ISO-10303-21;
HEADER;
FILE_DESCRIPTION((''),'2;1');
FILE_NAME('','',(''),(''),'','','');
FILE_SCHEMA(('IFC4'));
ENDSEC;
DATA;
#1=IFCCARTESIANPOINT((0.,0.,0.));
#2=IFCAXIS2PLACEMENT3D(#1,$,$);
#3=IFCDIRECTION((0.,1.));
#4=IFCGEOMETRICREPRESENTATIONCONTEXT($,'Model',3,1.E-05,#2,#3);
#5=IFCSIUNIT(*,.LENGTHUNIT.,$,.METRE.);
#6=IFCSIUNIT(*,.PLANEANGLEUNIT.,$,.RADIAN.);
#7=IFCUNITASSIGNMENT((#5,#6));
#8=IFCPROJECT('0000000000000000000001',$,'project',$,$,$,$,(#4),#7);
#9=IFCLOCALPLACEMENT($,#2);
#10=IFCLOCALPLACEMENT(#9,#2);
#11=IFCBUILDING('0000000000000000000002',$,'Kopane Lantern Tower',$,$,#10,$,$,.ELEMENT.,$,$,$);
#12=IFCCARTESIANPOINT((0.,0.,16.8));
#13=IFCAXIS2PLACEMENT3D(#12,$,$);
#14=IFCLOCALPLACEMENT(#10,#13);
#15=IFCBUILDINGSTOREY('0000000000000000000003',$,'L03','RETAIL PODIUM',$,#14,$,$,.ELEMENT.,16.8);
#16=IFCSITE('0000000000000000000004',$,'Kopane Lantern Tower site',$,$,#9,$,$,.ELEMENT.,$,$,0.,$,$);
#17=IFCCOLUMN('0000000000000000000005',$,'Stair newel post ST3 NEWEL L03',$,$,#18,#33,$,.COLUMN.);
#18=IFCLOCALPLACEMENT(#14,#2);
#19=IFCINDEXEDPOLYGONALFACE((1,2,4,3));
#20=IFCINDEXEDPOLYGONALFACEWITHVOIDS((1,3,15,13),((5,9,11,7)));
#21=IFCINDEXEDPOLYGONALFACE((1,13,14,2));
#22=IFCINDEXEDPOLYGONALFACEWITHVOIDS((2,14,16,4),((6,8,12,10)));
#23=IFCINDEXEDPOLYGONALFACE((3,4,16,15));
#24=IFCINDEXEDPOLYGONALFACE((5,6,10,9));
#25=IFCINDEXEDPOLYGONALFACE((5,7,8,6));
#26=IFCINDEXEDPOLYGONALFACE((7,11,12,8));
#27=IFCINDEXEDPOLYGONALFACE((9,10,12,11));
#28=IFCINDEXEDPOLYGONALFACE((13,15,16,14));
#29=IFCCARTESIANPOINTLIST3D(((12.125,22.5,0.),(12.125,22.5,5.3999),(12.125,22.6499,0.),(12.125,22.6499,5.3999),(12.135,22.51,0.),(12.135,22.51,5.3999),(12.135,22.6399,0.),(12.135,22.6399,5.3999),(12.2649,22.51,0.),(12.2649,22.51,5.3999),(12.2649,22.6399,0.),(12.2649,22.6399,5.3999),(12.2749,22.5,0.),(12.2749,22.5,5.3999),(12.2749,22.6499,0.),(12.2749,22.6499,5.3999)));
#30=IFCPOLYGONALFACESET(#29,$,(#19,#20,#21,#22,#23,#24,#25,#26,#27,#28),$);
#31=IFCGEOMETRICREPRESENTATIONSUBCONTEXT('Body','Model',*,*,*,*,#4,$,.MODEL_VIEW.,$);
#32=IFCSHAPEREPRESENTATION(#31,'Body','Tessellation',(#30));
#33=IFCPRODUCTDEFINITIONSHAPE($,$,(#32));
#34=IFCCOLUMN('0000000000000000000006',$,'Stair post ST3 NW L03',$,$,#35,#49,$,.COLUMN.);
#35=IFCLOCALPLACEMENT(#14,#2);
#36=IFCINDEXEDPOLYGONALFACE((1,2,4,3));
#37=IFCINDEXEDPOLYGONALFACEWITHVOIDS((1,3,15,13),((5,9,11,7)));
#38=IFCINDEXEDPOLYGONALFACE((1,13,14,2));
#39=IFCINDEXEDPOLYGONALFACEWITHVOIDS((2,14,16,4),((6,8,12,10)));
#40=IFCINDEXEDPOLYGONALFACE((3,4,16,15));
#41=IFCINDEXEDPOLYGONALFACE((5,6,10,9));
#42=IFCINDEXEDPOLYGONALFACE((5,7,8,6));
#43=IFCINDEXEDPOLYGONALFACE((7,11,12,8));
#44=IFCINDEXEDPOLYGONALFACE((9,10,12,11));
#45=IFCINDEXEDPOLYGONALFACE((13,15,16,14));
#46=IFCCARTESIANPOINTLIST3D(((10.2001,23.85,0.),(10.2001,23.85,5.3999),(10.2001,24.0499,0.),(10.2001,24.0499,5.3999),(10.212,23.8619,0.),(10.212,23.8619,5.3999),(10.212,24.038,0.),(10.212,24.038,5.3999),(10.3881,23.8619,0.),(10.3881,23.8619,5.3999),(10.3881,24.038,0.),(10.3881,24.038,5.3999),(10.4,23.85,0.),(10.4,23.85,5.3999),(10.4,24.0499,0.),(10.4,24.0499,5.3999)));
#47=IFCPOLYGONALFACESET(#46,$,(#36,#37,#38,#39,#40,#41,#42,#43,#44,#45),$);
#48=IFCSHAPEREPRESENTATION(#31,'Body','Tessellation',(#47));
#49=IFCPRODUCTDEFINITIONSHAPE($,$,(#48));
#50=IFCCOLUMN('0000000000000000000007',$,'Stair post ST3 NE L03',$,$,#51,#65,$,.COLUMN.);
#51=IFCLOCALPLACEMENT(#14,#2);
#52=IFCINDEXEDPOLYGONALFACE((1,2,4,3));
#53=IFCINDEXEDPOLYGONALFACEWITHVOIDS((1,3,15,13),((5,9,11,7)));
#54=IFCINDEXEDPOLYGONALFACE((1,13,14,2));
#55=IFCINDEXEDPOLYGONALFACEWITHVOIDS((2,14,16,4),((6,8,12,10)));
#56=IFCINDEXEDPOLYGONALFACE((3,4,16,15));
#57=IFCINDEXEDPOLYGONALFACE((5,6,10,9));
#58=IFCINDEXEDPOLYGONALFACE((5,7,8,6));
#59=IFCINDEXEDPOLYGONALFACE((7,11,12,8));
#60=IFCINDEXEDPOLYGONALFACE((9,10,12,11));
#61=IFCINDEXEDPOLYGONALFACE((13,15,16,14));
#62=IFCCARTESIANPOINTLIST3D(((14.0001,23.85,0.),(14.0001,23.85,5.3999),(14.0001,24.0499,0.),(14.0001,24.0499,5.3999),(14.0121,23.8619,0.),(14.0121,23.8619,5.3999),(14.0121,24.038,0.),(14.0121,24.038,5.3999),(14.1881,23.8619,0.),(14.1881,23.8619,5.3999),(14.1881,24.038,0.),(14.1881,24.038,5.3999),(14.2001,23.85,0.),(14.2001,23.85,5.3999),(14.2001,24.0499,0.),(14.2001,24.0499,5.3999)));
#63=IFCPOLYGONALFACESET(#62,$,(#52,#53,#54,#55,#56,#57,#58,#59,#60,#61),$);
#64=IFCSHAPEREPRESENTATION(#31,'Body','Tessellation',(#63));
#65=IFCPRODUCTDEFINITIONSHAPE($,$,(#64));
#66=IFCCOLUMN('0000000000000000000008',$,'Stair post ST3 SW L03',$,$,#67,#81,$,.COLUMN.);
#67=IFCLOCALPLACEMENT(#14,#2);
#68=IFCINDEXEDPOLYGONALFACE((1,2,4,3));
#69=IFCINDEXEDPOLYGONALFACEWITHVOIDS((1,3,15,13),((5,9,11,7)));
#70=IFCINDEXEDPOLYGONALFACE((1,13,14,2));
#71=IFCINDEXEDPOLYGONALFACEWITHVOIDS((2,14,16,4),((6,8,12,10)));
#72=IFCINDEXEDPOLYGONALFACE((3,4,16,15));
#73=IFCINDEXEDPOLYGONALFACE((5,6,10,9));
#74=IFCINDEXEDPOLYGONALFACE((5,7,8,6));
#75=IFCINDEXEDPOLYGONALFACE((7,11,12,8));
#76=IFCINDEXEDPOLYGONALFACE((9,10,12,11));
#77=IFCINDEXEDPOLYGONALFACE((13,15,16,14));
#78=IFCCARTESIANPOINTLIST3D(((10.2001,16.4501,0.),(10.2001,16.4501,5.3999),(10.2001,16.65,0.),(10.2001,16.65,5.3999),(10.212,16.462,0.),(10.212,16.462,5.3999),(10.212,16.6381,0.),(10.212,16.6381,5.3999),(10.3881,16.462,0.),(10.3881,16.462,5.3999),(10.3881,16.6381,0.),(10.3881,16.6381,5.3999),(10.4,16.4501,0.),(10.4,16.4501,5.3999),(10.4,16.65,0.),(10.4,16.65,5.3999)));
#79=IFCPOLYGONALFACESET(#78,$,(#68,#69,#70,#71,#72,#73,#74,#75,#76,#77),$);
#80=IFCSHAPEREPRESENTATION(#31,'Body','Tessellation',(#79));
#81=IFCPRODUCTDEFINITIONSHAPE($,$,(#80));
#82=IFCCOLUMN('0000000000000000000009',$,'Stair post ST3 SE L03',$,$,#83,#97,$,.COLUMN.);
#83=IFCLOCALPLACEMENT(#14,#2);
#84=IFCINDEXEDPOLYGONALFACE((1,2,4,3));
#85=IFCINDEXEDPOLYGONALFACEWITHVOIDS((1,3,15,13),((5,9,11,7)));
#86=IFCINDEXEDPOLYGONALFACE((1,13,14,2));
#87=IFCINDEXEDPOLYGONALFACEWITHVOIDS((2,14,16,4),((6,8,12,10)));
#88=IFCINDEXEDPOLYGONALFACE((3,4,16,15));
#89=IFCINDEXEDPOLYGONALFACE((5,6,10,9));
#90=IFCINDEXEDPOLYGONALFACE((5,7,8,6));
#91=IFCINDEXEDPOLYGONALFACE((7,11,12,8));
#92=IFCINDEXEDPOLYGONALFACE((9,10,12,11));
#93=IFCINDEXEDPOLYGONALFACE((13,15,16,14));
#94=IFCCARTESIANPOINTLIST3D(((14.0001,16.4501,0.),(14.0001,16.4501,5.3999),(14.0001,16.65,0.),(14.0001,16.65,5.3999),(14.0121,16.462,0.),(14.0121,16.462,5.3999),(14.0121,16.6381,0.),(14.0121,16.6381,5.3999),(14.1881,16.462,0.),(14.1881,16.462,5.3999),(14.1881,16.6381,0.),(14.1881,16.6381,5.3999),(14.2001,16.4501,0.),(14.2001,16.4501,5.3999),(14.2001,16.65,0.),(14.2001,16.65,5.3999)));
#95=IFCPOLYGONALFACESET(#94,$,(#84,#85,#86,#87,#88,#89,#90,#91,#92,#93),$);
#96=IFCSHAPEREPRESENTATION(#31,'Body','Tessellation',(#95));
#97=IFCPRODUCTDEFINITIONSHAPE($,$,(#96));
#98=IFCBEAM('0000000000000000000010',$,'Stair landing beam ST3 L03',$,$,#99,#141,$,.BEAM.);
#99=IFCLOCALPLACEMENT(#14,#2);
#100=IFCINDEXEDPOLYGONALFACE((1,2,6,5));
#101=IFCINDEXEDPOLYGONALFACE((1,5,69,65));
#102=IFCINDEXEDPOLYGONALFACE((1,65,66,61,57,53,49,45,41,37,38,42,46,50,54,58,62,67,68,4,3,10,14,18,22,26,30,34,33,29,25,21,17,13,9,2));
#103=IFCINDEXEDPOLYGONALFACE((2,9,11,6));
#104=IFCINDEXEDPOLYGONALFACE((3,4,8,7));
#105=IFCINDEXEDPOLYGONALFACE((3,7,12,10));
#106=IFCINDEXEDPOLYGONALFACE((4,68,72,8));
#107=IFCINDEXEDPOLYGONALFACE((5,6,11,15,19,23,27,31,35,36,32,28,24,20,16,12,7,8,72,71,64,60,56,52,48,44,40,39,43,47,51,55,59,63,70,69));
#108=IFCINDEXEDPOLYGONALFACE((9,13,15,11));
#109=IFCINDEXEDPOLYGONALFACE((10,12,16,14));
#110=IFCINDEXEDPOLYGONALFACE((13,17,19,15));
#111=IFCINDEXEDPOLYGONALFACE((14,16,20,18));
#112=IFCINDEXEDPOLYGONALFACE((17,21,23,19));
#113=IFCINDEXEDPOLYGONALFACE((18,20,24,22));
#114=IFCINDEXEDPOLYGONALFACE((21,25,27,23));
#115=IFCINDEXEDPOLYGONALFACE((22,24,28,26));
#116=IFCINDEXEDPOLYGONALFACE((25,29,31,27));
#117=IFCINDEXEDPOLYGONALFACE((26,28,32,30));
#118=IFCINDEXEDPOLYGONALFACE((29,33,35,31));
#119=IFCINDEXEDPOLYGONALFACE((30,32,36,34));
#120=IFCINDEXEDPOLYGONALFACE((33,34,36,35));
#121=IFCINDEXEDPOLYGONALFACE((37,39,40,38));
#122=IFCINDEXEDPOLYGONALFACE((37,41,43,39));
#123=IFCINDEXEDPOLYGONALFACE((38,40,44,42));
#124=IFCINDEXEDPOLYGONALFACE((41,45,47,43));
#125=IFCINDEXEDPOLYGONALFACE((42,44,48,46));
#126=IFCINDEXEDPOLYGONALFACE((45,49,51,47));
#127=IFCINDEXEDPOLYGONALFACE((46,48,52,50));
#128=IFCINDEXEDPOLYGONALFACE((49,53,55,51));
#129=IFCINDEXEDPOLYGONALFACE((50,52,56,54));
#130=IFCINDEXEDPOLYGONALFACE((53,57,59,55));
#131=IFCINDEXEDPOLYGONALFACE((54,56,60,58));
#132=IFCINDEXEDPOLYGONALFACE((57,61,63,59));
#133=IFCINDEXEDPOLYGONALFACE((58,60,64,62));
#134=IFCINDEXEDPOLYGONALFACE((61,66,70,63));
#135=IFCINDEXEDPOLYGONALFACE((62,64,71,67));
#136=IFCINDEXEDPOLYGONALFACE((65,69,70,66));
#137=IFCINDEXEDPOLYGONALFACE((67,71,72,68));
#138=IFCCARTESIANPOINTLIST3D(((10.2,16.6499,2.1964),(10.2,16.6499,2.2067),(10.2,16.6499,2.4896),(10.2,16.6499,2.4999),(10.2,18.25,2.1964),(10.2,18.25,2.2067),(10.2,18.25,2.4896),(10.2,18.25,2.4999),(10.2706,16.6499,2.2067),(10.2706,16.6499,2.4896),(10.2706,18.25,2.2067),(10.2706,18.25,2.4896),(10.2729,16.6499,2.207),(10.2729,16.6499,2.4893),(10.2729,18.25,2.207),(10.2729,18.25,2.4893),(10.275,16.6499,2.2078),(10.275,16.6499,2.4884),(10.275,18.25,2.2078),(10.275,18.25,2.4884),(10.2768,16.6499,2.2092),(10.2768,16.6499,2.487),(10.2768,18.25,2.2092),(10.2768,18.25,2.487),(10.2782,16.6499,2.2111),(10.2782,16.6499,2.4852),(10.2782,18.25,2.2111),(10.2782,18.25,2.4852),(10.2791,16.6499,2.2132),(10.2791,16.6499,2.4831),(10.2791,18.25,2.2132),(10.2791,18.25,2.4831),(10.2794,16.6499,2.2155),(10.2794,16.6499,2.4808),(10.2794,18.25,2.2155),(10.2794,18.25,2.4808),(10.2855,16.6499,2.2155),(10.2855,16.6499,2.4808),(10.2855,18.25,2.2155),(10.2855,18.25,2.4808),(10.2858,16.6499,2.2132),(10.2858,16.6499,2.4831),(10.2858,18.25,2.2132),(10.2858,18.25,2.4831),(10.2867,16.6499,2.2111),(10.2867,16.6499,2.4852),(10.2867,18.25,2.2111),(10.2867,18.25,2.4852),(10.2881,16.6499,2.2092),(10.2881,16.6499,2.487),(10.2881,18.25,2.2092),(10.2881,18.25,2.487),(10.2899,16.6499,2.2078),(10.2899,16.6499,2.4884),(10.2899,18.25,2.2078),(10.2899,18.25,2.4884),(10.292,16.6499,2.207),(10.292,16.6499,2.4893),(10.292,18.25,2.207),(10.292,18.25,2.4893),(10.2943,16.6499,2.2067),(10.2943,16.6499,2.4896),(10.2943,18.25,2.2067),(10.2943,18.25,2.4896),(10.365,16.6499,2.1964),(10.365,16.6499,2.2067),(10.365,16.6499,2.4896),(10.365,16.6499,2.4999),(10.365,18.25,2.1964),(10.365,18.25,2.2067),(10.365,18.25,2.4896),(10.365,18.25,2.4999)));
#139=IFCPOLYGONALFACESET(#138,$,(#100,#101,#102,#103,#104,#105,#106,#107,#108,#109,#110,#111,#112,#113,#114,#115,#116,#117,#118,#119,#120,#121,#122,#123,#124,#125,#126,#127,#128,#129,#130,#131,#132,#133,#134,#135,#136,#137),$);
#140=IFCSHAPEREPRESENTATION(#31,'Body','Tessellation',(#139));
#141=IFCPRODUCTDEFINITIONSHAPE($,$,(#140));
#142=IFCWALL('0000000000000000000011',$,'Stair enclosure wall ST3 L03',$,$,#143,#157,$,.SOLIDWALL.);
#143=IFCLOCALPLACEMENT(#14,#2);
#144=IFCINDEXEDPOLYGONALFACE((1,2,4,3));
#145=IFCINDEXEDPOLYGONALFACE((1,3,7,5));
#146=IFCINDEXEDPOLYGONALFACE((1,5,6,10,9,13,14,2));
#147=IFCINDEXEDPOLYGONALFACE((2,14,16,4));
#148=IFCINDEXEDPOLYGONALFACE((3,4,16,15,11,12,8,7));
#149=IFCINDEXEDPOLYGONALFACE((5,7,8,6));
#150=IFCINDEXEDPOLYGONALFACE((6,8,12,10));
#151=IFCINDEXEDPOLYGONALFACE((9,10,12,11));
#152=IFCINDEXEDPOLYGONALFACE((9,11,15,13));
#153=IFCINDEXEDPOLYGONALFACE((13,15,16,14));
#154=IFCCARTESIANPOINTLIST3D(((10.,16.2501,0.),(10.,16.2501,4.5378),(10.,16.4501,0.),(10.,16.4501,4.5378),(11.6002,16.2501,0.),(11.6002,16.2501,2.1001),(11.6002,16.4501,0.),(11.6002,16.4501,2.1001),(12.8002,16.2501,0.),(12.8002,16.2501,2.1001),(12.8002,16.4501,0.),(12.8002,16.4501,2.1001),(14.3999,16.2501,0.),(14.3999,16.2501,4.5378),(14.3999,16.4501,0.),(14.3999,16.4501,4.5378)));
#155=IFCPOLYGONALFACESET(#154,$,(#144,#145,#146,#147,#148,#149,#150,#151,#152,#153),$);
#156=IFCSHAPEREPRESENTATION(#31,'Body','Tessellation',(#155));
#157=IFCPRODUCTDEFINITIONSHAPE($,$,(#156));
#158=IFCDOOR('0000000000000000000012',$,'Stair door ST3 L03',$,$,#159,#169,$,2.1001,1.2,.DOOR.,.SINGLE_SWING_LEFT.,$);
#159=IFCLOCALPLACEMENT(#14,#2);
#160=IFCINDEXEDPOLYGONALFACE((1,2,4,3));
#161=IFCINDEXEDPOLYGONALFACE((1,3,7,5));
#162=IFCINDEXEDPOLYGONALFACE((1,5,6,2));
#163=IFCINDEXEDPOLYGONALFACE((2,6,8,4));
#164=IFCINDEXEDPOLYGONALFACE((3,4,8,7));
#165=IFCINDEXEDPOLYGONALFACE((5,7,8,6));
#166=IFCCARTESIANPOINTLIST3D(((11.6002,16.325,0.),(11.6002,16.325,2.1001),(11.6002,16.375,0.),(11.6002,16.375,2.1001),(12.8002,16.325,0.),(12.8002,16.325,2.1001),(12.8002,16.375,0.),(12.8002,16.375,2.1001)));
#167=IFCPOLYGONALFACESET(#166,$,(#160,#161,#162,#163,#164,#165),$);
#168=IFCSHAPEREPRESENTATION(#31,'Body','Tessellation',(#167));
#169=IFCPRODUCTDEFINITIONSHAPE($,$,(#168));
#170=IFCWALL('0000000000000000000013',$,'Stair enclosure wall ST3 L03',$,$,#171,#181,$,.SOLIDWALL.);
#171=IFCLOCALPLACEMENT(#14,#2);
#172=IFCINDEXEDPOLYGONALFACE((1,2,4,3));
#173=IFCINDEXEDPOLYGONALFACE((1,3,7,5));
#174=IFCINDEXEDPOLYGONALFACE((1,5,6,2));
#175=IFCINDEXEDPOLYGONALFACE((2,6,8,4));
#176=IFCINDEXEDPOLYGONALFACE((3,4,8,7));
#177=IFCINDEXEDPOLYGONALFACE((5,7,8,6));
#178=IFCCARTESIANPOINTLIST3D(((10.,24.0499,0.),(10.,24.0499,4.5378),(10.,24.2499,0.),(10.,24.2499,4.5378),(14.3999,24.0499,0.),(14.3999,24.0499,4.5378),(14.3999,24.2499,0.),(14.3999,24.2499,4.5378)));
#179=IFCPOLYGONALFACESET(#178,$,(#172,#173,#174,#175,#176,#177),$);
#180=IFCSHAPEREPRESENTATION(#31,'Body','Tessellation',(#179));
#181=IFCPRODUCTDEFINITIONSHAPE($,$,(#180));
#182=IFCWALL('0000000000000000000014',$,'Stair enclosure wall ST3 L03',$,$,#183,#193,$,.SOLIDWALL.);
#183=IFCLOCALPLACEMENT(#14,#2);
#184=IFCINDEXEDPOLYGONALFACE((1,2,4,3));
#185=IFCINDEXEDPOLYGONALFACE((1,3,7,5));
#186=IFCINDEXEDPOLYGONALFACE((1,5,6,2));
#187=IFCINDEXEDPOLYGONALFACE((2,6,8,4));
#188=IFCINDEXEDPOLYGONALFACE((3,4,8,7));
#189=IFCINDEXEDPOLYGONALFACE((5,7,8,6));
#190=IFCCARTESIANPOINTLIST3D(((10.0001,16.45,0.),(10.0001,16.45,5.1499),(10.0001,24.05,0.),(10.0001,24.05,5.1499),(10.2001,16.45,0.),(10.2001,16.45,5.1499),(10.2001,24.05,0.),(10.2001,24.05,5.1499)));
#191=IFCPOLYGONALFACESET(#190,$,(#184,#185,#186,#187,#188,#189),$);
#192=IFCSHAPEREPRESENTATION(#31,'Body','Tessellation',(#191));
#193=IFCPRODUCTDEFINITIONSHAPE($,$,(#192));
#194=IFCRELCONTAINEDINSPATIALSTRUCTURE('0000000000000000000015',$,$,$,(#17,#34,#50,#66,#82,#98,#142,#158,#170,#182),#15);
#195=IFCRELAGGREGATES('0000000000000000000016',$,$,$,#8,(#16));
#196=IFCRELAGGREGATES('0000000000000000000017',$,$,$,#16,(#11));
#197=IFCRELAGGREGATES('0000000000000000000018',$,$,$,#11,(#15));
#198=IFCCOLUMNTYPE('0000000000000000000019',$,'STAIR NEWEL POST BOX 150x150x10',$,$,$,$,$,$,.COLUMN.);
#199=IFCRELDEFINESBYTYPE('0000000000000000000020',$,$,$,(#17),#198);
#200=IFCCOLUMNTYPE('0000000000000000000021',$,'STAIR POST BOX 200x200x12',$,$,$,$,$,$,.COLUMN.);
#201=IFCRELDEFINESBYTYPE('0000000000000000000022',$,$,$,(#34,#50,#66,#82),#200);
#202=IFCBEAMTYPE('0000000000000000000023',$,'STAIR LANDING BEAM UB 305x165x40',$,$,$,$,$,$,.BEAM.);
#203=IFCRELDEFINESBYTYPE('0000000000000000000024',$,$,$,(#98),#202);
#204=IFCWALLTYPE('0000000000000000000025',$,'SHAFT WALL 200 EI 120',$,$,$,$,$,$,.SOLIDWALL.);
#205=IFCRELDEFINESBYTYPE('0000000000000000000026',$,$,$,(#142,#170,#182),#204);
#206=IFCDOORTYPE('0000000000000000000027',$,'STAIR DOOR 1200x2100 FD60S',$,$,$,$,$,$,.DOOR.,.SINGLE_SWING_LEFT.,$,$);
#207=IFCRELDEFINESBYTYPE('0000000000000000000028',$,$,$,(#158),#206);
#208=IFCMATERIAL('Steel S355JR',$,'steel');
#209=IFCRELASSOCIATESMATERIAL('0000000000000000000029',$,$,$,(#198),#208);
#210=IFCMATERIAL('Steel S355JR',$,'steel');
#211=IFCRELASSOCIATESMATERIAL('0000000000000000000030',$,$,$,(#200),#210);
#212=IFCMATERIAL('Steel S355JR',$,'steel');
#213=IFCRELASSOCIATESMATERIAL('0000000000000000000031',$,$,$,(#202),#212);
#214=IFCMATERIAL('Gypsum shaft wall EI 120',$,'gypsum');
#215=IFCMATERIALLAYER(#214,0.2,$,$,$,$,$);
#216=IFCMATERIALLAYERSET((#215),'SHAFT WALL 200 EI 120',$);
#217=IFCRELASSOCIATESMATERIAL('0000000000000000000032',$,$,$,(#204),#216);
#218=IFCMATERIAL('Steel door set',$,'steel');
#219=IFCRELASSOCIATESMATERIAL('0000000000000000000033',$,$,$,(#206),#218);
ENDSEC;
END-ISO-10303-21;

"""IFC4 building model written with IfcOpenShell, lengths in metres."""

from ifc_helpers import new_model, si_unit, direction, frame, frame_2d, origin, origin_2d, place, context, subcontext, project, spatial, rectangle, hollow_rectangle, i_section, extrude, material, layer, layer_set, material_profile, profile_set, type_object, element, fill, save


model = new_model("IFC4")

# Units and contexts
model_context = context("Model", 3, precision=1e-05, world=origin(), true_north=direction((0.0, 1.0)))
body_context = subcontext(model_context, "Body", "Model", "MODEL_VIEW")
ifc_project = project(units=[si_unit("LENGTHUNIT", "METRE"), si_unit("PLANEANGLEUNIT", "RADIAN")], contexts=[model_context])

# Site, building, storey
site_placement = place(None, origin())
site = spatial("IfcSite", under=ifc_project, at=site_placement, Name="Kopane Lantern Tower site", CompositionType="ELEMENT", RefElevation=0.0)
building_placement = place(site_placement, origin())
building = spatial("IfcBuilding", under=site, at=building_placement, Name="Kopane Lantern Tower", CompositionType="ELEMENT")
storey_placement = place(building_placement, frame((0.0, 0.0, 16.8)))
storey = spatial("IfcBuildingStorey", under=building, at=storey_placement, Name="L03", Description="RETAIL PODIUM", CompositionType="ELEMENT", Elevation=16.8)

# Columns
ifc_material_1 = material(Name="Steel S355JR", Category="steel")
ifc_material_profile_1 = material_profile(ifc_material_1, hollow_rectangle(XDim=0.1499, YDim=0.1499, WallThickness=0.01, at=origin_2d()), Name="BOX 150x150x10")
ifc_profile_set_1 = profile_set([ifc_material_profile_1], Name="Steel S355JR")
column_type_1 = type_object("IfcColumnType", Name="STAIR NEWEL POST BOX 150x150x10", PredefinedType="COLUMN", material=ifc_profile_set_1)
column_placement = place(storey_placement, frame((12.2, 22.575, 0.0), z_axis=(0.0, 0.0, 1.0), x_axis=(1.0, 0.0, 0.0)))
element("IfcColumn", 1, at=column_placement, inside=storey, type_object=column_type_1, Name="Stair newel post ST3 NEWEL L03", PredefinedType="COLUMN", context=body_context, shape_type="SweptSolid", body=[
    extrude(hollow_rectangle(XDim=0.1499, YDim=0.1499, WallThickness=0.01, at=origin_2d()), origin(), (0.0, 0.0, 1.0), 5.3999),
])
ifc_material_2 = material(Name="Steel S355JR", Category="steel")
ifc_material_profile_2 = material_profile(ifc_material_2, hollow_rectangle(XDim=0.2, YDim=0.2, WallThickness=0.012, at=origin_2d()), Name="BOX 200x200x12")
ifc_profile_set_2 = profile_set([ifc_material_profile_2], Name="Steel S355JR")
column_type_2 = type_object("IfcColumnType", Name="STAIR POST BOX 200x200x12", PredefinedType="COLUMN", material=ifc_profile_set_2)
for number, where, z_axis, x_axis, name in (
    (2, (10.3, 23.95, 0.0), (0.0, 0.0, 1.0), (1.0, 0.0, 0.0), "Stair post ST3 NW L03"),
    (3, (14.1001, 23.95, 0.0), (0.0, 0.0, 1.0), (1.0, 0.0, 0.0), "Stair post ST3 NE L03"),
    (4, (10.3, 16.55, 0.0), (0.0, 0.0, 1.0), (1.0, 0.0, 0.0), "Stair post ST3 SW L03"),
    (5, (14.1001, 16.55, 0.0), (0.0, 0.0, 1.0), (1.0, 0.0, 0.0), "Stair post ST3 SE L03"),
):
    element("IfcColumn", number, at=place(storey_placement, frame(where, z_axis=z_axis, x_axis=x_axis)), inside=storey, type_object=column_type_2, Name=name, PredefinedType="COLUMN", context=body_context, shape_type="SweptSolid", body=[
        extrude(hollow_rectangle(XDim=0.2, YDim=0.2, WallThickness=0.012, at=origin_2d()), origin(), (0.0, 0.0, 1.0), 5.3999),
    ])

# Beam
ifc_material_3 = material(Name="Steel S355JR", Category="steel")
ifc_material_profile_3 = material_profile(ifc_material_3, i_section(OverallWidth=0.165, OverallDepth=0.3035, WebThickness=0.0061, FlangeThickness=0.0103, FilletRadius=0.0088, at=origin_2d()), Name="UB 305x165x40")
ifc_profile_set_3 = profile_set([ifc_material_profile_3], Name="Steel S355JR")
beam_type = type_object("IfcBeamType", Name="STAIR LANDING BEAM UB 305x165x40", PredefinedType="BEAM", material=ifc_profile_set_3)
beam_placement = place(storey_placement, frame((10.2825, 16.6499, 2.3481), z_axis=(0.0, 1.0, 0.0), x_axis=(-1.0, 0.0, 0.0)))
element("IfcBeam", 6, at=beam_placement, inside=storey, type_object=beam_type, Name="Stair landing beam ST3 L03", PredefinedType="BEAM", context=body_context, shape_type="SweptSolid", body=[
    extrude(i_section(OverallWidth=0.165, OverallDepth=0.3035, WebThickness=0.0061, FlangeThickness=0.0103, FilletRadius=0.0088, at=origin_2d()), origin(), (0.0, 0.0, 1.0), 1.6001),
])

# Wall, opening, door
ifc_material_4 = material(Name="Gypsum shaft wall EI 120", Category="gypsum")
ifc_layer = layer(ifc_material_4, 0.2)
ifc_layer_set = layer_set([ifc_layer], Name="SHAFT WALL 200 EI 120")
wall_type = type_object("IfcWallType", Name="SHAFT WALL 200 EI 120", PredefinedType="SOLIDWALL", material=ifc_layer_set)
wall_1_placement = place(storey_placement, frame((10.0, 16.3501, 0.0), z_axis=(0.0, 0.0, 1.0), x_axis=(1.0, 0.0, 0.0)))
wall_1 = element("IfcWall", 7, at=wall_1_placement, inside=storey, type_object=wall_type, Name="Stair enclosure wall ST3 L03", PredefinedType="SOLIDWALL", context=body_context, shape_type="SweptSolid", body=[
    extrude(rectangle(XDim=4.3999, YDim=0.2, at=frame_2d((2.2, 0.0))), origin(), (0.0, 0.0, 1.0), 4.5378),
])
opening_placement = place(wall_1_placement, frame((1.6001, 0.0, 0.0)))
opening = element("IfcOpeningElement", 8, at=opening_placement, cuts=wall_1, PredefinedType="OPENING", context=body_context, shape_type="SweptSolid", body=[
    extrude(rectangle(XDim=1.2, YDim=2.1001, at=frame_2d((0.6001, 1.05))), frame((0.0, 0.1099, 0.0), z_axis=(0.0, -1.0, 0.0), x_axis=(1.0, 0.0, 0.0)), (0.0, 0.0, 1.0), 0.22),
])
ifc_material_5 = material(Name="Steel door set", Category="steel")
door_type = type_object("IfcDoorType", Name="STAIR DOOR 1200x2100 FD60S", OperationType="SINGLE_SWING_LEFT", PredefinedType="DOOR", material=ifc_material_5)
door_placement = place(opening_placement, origin())
door = element("IfcDoor", 9, at=door_placement, inside=storey, type_object=door_type, Name="Stair door ST3 L03", OperationType="SINGLE_SWING_LEFT", OverallHeight=2.1001, OverallWidth=1.2, PredefinedType="DOOR", context=body_context, shape_type="SweptSolid", body=[
    extrude(rectangle(XDim=1.2, YDim=2.1001, at=frame_2d((0.6001, 1.05))), frame((0.0, 0.0249, 0.0), z_axis=(0.0, -1.0, 0.0), x_axis=(1.0, 0.0, 0.0)), (0.0, 0.0, 1.0), 0.05),
])
fill(opening, door)

# Walls
wall_2_placement = place(storey_placement, frame((10.0, 24.1499, 0.0), z_axis=(0.0, 0.0, 1.0), x_axis=(1.0, 0.0, 0.0)))
element("IfcWall", 10, at=wall_2_placement, inside=storey, type_object=wall_type, Name="Stair enclosure wall ST3 L03", PredefinedType="SOLIDWALL", context=body_context, shape_type="SweptSolid", body=[
    extrude(rectangle(XDim=4.3999, YDim=0.2, at=frame_2d((2.2, 0.0))), origin(), (0.0, 0.0, 1.0), 4.5378),
])
for number, where, z_axis, x_axis, name in (
    (11, (10.1001, 16.45, 0.0), (0.0, 0.0, 1.0), (0.0, 1.0, 0.0), "Stair enclosure wall ST3 L03"),
):
    element("IfcWall", number, at=place(storey_placement, frame(where, z_axis=z_axis, x_axis=x_axis)), inside=storey, type_object=wall_type, Name=name, PredefinedType="SOLIDWALL", context=body_context, shape_type="SweptSolid", body=[
        extrude(rectangle(XDim=7.6001, YDim=0.2, at=frame_2d((3.8, 0.0))), origin(), (0.0, 0.0, 1.0), 5.1499),
    ])

save(model, "model.ifc")
